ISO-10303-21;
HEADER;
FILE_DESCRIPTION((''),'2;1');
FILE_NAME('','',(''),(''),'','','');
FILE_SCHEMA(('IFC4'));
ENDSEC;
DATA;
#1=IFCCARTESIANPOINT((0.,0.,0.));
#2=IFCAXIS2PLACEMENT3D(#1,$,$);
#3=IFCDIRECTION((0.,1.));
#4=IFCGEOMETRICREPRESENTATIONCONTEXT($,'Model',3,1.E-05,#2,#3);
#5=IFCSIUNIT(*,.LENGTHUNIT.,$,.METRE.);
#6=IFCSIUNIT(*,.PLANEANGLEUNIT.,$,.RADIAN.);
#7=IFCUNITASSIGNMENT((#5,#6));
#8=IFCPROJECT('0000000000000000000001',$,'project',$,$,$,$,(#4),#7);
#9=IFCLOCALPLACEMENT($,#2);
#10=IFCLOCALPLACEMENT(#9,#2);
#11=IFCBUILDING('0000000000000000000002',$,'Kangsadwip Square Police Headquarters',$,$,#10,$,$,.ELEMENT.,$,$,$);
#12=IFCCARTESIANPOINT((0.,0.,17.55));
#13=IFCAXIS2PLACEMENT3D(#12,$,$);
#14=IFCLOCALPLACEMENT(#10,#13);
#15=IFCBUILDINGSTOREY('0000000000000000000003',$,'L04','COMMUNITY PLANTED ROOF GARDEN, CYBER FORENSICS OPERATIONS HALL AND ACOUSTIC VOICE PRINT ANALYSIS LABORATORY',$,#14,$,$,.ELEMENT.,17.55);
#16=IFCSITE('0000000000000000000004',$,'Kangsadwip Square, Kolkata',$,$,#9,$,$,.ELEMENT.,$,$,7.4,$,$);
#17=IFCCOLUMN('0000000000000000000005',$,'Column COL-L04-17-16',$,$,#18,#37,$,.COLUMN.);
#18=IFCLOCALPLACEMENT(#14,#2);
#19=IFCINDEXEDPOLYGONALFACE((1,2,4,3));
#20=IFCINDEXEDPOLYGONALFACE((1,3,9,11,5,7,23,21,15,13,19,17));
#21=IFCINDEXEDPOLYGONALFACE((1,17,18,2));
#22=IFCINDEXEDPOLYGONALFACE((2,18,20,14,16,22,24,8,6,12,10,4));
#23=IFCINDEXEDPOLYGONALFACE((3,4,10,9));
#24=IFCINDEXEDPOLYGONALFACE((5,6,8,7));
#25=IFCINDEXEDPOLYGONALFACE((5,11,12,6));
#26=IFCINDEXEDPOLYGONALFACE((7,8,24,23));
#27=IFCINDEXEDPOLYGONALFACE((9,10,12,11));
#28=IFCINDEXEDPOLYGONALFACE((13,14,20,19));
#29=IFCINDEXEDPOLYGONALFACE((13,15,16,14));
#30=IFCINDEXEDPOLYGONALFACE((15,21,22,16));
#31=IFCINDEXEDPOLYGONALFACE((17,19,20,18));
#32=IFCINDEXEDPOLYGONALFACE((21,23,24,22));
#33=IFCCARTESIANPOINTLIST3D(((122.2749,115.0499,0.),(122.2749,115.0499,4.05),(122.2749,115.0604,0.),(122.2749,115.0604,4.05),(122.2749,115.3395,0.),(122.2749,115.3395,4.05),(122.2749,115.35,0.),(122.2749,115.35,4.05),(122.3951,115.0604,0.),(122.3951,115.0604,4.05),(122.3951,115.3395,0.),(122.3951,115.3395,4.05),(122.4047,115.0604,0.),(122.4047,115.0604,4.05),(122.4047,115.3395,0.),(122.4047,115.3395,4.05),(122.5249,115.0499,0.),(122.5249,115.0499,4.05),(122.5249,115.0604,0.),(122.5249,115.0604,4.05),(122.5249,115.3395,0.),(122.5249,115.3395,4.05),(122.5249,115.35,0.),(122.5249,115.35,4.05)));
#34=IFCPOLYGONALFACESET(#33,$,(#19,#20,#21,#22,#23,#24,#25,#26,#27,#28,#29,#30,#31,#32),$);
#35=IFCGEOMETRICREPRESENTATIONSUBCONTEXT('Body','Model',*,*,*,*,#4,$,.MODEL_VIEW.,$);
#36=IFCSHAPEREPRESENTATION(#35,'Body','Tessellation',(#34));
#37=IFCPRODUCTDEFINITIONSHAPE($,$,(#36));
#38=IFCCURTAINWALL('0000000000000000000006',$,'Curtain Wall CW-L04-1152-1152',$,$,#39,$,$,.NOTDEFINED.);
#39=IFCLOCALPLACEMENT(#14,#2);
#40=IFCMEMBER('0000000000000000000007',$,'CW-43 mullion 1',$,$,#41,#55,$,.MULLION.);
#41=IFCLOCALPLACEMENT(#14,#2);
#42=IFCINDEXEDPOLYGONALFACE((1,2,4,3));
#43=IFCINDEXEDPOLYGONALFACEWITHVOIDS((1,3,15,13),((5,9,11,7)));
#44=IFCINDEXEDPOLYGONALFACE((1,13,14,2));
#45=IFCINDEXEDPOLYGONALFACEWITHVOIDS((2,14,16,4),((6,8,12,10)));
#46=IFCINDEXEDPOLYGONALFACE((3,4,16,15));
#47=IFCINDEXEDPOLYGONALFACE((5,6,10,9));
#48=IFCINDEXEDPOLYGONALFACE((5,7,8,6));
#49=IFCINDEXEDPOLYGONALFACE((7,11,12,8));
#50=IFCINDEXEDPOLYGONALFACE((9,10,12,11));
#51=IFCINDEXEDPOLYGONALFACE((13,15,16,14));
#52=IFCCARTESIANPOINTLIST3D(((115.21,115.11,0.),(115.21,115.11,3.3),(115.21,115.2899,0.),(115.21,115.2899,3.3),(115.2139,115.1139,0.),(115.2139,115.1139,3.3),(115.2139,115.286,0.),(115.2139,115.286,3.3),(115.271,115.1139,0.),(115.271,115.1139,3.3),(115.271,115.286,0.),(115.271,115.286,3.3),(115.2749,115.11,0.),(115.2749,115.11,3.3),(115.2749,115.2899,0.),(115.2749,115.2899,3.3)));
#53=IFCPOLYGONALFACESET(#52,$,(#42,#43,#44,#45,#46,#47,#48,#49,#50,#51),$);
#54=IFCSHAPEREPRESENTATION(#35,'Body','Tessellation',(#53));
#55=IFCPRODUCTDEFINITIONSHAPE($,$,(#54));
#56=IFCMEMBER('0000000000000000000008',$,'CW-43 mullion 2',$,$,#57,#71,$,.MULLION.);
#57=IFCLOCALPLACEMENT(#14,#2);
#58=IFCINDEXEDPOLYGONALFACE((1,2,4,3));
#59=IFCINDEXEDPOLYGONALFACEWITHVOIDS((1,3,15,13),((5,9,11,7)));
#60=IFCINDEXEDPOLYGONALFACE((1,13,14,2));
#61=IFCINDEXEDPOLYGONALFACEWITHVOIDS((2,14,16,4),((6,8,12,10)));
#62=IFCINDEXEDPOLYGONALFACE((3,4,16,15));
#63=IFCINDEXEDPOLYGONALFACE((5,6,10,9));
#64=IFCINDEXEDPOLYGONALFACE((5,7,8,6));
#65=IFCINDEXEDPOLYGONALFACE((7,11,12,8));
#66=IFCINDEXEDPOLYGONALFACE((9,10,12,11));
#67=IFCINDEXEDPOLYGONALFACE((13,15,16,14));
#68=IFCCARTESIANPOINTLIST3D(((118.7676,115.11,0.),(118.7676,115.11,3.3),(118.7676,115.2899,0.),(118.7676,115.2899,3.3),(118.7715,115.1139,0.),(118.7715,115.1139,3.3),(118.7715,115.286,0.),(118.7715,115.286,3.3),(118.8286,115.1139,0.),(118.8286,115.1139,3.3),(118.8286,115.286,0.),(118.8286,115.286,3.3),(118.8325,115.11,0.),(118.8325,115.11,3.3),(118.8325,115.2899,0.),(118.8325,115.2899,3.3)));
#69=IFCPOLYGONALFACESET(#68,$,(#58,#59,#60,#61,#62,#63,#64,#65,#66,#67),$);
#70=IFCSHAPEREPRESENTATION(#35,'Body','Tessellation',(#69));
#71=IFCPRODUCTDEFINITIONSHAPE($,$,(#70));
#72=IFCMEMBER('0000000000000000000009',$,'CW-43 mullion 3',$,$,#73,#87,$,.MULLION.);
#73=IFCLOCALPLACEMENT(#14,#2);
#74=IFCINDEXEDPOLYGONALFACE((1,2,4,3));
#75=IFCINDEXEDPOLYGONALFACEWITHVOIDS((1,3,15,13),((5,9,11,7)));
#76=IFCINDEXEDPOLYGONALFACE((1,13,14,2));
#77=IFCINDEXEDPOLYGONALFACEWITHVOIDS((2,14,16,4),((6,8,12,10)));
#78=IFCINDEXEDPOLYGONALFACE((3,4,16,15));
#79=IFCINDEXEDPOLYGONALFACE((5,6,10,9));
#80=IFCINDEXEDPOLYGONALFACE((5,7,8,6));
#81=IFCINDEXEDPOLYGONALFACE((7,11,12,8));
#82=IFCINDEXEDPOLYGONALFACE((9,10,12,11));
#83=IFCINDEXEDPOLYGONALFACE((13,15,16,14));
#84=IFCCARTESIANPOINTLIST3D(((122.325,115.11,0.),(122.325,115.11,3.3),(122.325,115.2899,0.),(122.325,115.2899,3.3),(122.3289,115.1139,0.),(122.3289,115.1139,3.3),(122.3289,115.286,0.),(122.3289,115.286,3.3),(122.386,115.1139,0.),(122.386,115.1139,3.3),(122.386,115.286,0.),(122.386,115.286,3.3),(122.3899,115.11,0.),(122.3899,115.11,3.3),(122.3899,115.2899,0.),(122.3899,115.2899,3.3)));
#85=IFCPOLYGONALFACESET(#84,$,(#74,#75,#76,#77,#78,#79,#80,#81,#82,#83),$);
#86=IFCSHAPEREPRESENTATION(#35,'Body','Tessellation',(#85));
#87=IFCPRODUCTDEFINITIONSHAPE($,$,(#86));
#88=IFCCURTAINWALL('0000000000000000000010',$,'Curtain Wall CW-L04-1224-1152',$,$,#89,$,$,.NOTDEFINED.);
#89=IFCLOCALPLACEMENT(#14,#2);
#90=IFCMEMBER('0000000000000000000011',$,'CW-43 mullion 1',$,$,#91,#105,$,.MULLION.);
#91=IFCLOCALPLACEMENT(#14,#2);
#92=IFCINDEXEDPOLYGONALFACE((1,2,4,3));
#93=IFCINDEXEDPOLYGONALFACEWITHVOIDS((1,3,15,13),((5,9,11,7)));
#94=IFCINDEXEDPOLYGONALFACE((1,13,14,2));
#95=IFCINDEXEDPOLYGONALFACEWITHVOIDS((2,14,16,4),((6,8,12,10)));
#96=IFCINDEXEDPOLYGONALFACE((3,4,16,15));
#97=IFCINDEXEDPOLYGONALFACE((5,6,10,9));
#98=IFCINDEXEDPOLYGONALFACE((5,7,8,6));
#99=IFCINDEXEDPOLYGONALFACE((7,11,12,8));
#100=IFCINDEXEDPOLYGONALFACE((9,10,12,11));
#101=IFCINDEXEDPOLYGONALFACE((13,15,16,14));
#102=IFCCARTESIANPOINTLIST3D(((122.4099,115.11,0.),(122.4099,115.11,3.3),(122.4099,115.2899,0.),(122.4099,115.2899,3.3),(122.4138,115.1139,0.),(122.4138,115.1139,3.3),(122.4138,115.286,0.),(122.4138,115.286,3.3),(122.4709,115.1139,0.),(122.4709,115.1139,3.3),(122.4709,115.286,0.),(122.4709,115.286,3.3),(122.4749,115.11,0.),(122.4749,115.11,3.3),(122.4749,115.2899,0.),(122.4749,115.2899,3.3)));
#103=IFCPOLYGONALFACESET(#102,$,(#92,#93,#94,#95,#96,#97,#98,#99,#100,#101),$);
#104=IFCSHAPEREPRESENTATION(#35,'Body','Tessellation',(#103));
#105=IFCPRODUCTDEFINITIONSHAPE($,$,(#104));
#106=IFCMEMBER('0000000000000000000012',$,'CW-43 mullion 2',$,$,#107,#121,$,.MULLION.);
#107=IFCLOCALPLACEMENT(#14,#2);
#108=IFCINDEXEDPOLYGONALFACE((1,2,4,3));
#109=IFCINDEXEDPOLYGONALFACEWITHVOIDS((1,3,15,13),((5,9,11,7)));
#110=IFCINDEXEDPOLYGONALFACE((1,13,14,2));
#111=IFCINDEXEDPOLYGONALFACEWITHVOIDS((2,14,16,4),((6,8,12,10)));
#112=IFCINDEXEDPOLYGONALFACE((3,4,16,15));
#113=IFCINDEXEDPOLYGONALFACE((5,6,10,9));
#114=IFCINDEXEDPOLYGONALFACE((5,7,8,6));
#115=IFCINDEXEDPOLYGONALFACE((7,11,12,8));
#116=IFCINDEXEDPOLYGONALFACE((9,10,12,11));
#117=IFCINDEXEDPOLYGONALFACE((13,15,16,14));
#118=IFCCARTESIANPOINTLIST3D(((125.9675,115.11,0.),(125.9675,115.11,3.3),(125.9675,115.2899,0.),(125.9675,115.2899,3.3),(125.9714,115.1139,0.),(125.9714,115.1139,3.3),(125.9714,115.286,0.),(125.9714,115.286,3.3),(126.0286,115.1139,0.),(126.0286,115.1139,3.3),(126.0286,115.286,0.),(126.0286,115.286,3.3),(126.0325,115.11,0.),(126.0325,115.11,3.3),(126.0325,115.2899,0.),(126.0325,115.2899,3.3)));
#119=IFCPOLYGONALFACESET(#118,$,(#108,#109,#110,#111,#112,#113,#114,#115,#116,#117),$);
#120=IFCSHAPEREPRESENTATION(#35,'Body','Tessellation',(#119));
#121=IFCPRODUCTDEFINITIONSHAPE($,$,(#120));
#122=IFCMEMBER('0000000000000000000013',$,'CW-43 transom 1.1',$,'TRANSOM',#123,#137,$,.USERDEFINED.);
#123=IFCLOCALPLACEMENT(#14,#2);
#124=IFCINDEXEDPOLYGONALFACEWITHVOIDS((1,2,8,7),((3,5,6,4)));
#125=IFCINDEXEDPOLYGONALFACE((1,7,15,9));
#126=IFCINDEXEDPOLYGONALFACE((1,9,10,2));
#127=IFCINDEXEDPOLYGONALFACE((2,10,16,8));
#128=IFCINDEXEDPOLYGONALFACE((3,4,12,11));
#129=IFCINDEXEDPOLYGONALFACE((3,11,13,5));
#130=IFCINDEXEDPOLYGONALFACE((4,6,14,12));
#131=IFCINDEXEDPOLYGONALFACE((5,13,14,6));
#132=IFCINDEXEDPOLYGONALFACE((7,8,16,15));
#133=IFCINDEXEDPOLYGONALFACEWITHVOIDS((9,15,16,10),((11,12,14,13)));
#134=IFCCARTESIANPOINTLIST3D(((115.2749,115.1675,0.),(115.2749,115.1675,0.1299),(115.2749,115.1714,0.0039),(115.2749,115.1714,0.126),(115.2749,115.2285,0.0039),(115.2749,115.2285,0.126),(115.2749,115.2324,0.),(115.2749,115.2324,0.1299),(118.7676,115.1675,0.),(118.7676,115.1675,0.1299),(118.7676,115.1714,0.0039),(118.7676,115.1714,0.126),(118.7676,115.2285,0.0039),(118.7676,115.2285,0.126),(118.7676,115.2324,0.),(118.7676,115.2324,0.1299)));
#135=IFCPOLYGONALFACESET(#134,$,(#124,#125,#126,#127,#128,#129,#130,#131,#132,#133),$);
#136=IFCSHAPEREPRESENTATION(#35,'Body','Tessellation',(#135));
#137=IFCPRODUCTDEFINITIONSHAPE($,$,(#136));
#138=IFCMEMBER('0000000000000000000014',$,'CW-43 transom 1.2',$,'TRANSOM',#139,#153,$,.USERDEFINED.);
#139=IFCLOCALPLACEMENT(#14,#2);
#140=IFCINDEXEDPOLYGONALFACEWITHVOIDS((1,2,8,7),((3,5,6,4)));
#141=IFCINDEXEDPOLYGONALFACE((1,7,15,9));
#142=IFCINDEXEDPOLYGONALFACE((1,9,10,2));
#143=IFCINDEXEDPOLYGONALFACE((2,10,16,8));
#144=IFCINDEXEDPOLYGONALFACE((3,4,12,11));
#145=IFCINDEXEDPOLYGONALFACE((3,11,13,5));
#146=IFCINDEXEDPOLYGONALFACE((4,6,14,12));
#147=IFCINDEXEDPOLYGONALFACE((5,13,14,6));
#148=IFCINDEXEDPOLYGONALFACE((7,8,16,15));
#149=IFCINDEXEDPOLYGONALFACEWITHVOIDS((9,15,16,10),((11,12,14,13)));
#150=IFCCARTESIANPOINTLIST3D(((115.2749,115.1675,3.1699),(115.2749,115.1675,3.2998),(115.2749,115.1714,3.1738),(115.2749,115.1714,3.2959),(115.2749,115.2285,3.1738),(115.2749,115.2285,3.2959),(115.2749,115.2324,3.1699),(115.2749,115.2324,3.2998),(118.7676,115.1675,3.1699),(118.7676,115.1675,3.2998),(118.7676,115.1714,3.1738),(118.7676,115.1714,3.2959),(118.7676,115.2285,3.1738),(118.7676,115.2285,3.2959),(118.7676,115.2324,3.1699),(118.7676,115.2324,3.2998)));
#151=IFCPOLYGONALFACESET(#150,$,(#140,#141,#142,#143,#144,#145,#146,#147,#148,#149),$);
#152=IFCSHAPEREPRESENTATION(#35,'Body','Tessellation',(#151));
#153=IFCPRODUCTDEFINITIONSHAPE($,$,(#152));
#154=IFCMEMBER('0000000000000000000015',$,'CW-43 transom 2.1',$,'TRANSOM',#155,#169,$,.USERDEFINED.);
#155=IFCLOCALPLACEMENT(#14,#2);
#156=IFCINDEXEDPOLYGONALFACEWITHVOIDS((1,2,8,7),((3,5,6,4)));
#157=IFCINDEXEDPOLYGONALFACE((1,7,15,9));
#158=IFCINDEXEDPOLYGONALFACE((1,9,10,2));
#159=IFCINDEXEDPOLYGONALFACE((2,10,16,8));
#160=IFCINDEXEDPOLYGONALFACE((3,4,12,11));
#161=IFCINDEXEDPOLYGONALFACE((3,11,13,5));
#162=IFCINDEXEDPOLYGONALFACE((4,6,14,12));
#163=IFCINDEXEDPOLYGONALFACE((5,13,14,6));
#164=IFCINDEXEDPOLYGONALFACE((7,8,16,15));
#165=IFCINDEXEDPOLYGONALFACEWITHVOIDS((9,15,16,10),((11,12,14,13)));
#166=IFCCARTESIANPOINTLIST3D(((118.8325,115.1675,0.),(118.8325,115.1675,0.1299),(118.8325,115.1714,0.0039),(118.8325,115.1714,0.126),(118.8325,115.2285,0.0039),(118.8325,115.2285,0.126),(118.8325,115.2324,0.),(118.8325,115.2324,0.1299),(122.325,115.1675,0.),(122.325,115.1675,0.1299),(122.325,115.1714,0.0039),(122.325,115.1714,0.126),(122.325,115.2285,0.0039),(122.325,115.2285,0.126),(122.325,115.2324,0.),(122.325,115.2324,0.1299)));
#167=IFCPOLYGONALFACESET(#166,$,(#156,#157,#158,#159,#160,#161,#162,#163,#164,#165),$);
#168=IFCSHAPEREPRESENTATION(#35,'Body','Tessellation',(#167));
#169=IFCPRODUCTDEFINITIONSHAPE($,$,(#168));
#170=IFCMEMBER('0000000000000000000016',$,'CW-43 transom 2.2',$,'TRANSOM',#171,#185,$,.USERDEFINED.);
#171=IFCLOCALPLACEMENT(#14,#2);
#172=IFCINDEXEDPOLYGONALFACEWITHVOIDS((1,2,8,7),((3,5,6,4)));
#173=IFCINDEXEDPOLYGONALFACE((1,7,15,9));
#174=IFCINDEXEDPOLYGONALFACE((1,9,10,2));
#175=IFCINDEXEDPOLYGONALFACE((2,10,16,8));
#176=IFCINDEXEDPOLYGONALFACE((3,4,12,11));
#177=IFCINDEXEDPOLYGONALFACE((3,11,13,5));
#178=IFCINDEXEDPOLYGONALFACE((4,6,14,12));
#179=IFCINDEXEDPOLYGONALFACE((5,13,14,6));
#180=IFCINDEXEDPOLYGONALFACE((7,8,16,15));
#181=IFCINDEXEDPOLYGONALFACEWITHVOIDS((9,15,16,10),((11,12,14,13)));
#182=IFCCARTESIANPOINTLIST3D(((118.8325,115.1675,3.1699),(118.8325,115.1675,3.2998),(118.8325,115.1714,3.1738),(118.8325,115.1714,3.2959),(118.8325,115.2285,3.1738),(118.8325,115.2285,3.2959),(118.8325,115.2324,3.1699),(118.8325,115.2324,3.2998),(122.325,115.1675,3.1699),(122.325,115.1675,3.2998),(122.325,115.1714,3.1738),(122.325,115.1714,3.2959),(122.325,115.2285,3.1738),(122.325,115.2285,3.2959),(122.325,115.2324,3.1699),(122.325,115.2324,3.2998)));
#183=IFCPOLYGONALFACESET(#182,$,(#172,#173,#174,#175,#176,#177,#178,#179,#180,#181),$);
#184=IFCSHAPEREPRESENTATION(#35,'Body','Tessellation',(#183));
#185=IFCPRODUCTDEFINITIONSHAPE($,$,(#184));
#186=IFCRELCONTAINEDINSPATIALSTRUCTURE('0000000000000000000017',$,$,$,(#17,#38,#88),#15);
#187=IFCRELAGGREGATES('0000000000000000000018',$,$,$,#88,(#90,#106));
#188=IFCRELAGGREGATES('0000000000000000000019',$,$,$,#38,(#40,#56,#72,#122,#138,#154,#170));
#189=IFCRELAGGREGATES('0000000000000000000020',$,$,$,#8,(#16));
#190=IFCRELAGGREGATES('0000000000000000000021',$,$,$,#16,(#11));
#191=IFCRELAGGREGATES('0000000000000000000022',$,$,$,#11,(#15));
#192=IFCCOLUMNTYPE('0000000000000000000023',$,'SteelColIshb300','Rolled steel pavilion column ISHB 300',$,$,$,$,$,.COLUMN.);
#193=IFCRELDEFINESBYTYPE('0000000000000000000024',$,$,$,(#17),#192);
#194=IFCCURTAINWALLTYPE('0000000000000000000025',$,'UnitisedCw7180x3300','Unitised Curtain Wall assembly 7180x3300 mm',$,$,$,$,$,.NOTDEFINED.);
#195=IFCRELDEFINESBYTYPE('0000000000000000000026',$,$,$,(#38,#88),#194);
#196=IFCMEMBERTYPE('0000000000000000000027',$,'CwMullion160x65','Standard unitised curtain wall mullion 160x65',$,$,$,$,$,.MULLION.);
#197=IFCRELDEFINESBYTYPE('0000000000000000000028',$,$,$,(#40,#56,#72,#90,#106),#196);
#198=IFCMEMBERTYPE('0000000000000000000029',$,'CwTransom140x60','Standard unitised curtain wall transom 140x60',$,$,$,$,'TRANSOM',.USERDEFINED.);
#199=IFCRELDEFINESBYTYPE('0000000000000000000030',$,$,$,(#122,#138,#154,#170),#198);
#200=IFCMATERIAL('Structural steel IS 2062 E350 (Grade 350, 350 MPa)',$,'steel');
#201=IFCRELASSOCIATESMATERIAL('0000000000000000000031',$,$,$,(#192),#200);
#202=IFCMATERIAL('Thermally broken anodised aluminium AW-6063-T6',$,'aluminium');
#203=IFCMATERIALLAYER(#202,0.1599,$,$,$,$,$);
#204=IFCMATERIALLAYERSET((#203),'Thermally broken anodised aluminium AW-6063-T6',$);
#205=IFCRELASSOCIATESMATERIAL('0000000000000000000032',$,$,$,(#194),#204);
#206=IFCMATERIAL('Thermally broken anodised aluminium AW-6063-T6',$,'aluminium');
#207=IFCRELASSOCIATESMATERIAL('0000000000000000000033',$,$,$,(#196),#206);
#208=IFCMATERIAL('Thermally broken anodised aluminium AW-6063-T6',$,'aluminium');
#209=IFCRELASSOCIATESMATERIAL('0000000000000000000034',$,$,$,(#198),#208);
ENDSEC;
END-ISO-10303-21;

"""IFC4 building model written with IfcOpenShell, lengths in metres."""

from ifc_helpers import new_model, si_unit, direction, frame, origin, origin_2d, place, context, subcontext, project, spatial, hollow_rectangle, i_section, extrude, material, layer, layer_set, material_profile, profile_set, type_object, element, aggregate, save


model = new_model("IFC4")

# Units and contexts
model_context = context("Model", 3, precision=1e-05, world=origin(), true_north=direction((0.0, 1.0)))
body_context = subcontext(model_context, "Body", "Model", "MODEL_VIEW")
ifc_project = project(units=[si_unit("LENGTHUNIT", "METRE"), si_unit("PLANEANGLEUNIT", "RADIAN")], contexts=[model_context])

# Site, building, storey
site_placement = place(None, origin())
site = spatial("IfcSite", under=ifc_project, at=site_placement, Name="Kangsadwip Square, Kolkata", CompositionType="ELEMENT", RefElevation=7.4)
building_placement = place(site_placement, origin())
building = spatial("IfcBuilding", under=site, at=building_placement, Name="Kangsadwip Square Police Headquarters", CompositionType="ELEMENT")
storey_placement = place(building_placement, frame((0.0, 0.0, 17.55)))
storey = spatial("IfcBuildingStorey", under=building, at=storey_placement, Name="L04", Description="COMMUNITY PLANTED ROOF GARDEN, CYBER FORENSICS OPERATIONS HALL AND ACOUSTIC VOICE PRINT ANALYSIS LABORATORY", CompositionType="ELEMENT", Elevation=17.55)

# Column
ifc_material_1 = material(Name="Structural steel IS 2062 E350 (Grade 350, 350 MPa)", Category="steel")
ifc_material_profile_1 = material_profile(ifc_material_1, i_section(OverallWidth=0.25, OverallDepth=0.3, WebThickness=0.0095, FlangeThickness=0.0105, at=origin_2d()), Name="ISHB 300")
ifc_profile_set_1 = profile_set([ifc_material_profile_1], Name="Structural steel IS 2062 E350 (Grade 350, 350 MPa)")
column_type = type_object("IfcColumnType", Name="SteelColIshb300", Description="Rolled steel pavilion column ISHB 300", PredefinedType="COLUMN", material=ifc_profile_set_1)
column_placement = place(storey_placement, frame((122.3999, 115.2, 0.0), z_axis=(0.0, 0.0, 1.0), x_axis=(1.0, 0.0, 0.0)))
element("IfcColumn", 1, at=column_placement, inside=storey, type_object=column_type, Name="Column COL-L04-17-16", PredefinedType="COLUMN", context=body_context, shape_type="SweptSolid", body=[
    extrude(i_section(OverallWidth=0.25, OverallDepth=0.3, WebThickness=0.0095, FlangeThickness=0.0105, at=origin_2d()), origin(), (0.0, 0.0, 1.0), 4.05),
])

# Curtain walls, members
ifc_material_2 = material(Name="Thermally broken anodised aluminium AW-6063-T6", Category="aluminium")
ifc_layer_1 = layer(ifc_material_2, 0.1599)
ifc_layer_set_1 = layer_set([ifc_layer_1], Name="Thermally broken anodised aluminium AW-6063-T6")
curtain_wall_type = type_object("IfcCurtainWallType", Name="UnitisedCw7180x3300", Description="Unitised Curtain Wall assembly 7180x3300 mm", PredefinedType="NOTDEFINED", material=ifc_layer_set_1)
curtain_wall_1_placement = place(storey_placement, origin())
curtain_wall_1 = element("IfcCurtainWall", 2, at=curtain_wall_1_placement, inside=storey, type_object=curtain_wall_type, Name="Curtain Wall CW-L04-1152-1152", PredefinedType="NOTDEFINED")
ifc_material_3 = material(Name="Thermally broken anodised aluminium AW-6063-T6", Category="aluminium")
ifc_material_profile_2 = material_profile(ifc_material_3, hollow_rectangle(XDim=0.0649, YDim=0.1799, WallThickness=0.0039, at=origin_2d()), Name="CWM 180X65X4")
ifc_profile_set_2 = profile_set([ifc_material_profile_2], Name="Thermally broken anodised aluminium AW-6063-T6")
member_type_1 = type_object("IfcMemberType", Name="CwMullion160x65", Description="Standard unitised curtain wall mullion 160x65", PredefinedType="MULLION", material=ifc_profile_set_2)
member_1_placement = place(storey_placement, frame((115.2424, 115.2, 0.0), z_axis=(0.0, 0.0, 1.0), x_axis=(1.0, 0.0, 0.0)))
member_1 = element("IfcMember", 3, at=member_1_placement, type_object=member_type_1, Name="CW-43 mullion 1", PredefinedType="MULLION", context=body_context, shape_type="SweptSolid", body=[
    extrude(hollow_rectangle(XDim=0.0649, YDim=0.1799, WallThickness=0.0039, at=origin_2d()), origin(), (0.0, 0.0, 1.0), 3.3),
])
member_2_placement = place(storey_placement, frame((118.8, 115.2, 0.0), z_axis=(0.0, 0.0, 1.0), x_axis=(1.0, 0.0, 0.0)))
member_2 = element("IfcMember", 4, at=member_2_placement, type_object=member_type_1, Name="CW-43 mullion 2", PredefinedType="MULLION", context=body_context, shape_type="SweptSolid", body=[
    extrude(hollow_rectangle(XDim=0.0649, YDim=0.1799, WallThickness=0.0039, at=origin_2d()), origin(), (0.0, 0.0, 1.0), 3.3),
])
member_3_placement = place(storey_placement, frame((122.3574, 115.2, 0.0), z_axis=(0.0, 0.0, 1.0), x_axis=(1.0, 0.0, 0.0)))
member_3 = element("IfcMember", 5, at=member_3_placement, type_object=member_type_1, Name="CW-43 mullion 3", PredefinedType="MULLION", context=body_context, shape_type="SweptSolid", body=[
    extrude(hollow_rectangle(XDim=0.0649, YDim=0.1799, WallThickness=0.0039, at=origin_2d()), origin(), (0.0, 0.0, 1.0), 3.3),
])
curtain_wall_2_placement = place(storey_placement, origin())
curtain_wall_2 = element("IfcCurtainWall", 6, at=curtain_wall_2_placement, inside=storey, type_object=curtain_wall_type, Name="Curtain Wall CW-L04-1224-1152", PredefinedType="NOTDEFINED")
member_4_placement = place(storey_placement, frame((122.4424, 115.2, 0.0), z_axis=(0.0, 0.0, 1.0), x_axis=(1.0, 0.0, 0.0)))
member_4 = element("IfcMember", 7, at=member_4_placement, type_object=member_type_1, Name="CW-43 mullion 1", PredefinedType="MULLION", context=body_context, shape_type="SweptSolid", body=[
    extrude(hollow_rectangle(XDim=0.0649, YDim=0.1799, WallThickness=0.0039, at=origin_2d()), origin(), (0.0, 0.0, 1.0), 3.3),
])
member_5_placement = place(storey_placement, frame((126.0, 115.2, 0.0), z_axis=(0.0, 0.0, 1.0), x_axis=(1.0, 0.0, 0.0)))
member_5 = element("IfcMember", 8, at=member_5_placement, type_object=member_type_1, Name="CW-43 mullion 2", PredefinedType="MULLION", context=body_context, shape_type="SweptSolid", body=[
    extrude(hollow_rectangle(XDim=0.0649, YDim=0.1799, WallThickness=0.0039, at=origin_2d()), origin(), (0.0, 0.0, 1.0), 3.3),
])

# Members
ifc_material_4 = material(Name="Thermally broken anodised aluminium AW-6063-T6", Category="aluminium")
ifc_material_profile_3 = material_profile(ifc_material_4, hollow_rectangle(XDim=0.0649, YDim=0.1299, WallThickness=0.0039, at=origin_2d()), Name="CWT 130X65X4")
ifc_profile_set_3 = profile_set([ifc_material_profile_3], Name="Thermally broken anodised aluminium AW-6063-T6")
member_type_2 = type_object("IfcMemberType", Name="CwTransom140x60", Description="Standard unitised curtain wall transom 140x60", ElementType="TRANSOM", PredefinedType="USERDEFINED", material=ifc_profile_set_3)
member_6_placement = place(storey_placement, frame((115.2749, 115.2, 0.0649), z_axis=(1.0, 0.0, 0.0), x_axis=(0.0, 1.0, 0.0)))
member_6 = element("IfcMember", 9, at=member_6_placement, type_object=member_type_2, Name="CW-43 transom 1.1", ObjectType="TRANSOM", PredefinedType="USERDEFINED", context=body_context, shape_type="SweptSolid", body=[
    extrude(hollow_rectangle(XDim=0.0649, YDim=0.1299, WallThickness=0.0039, at=origin_2d()), origin(), (0.0, 0.0, 1.0), 3.4927),
])
member_7_placement = place(storey_placement, frame((115.2749, 115.2, 3.2349), z_axis=(1.0, 0.0, 0.0), x_axis=(0.0, 1.0, 0.0)))
member_7 = element("IfcMember", 10, at=member_7_placement, type_object=member_type_2, Name="CW-43 transom 1.2", ObjectType="TRANSOM", PredefinedType="USERDEFINED", context=body_context, shape_type="SweptSolid", body=[
    extrude(hollow_rectangle(XDim=0.0649, YDim=0.1299, WallThickness=0.0039, at=origin_2d()), origin(), (0.0, 0.0, 1.0), 3.4927),
])
member_8_placement = place(storey_placement, frame((118.8325, 115.2, 0.0649), z_axis=(1.0, 0.0, 0.0), x_axis=(0.0, 1.0, 0.0)))
member_8 = element("IfcMember", 11, at=member_8_placement, type_object=member_type_2, Name="CW-43 transom 2.1", ObjectType="TRANSOM", PredefinedType="USERDEFINED", context=body_context, shape_type="SweptSolid", body=[
    extrude(hollow_rectangle(XDim=0.0649, YDim=0.1299, WallThickness=0.0039, at=origin_2d()), origin(), (0.0, 0.0, 1.0), 3.4924),
])
member_9_placement = place(storey_placement, frame((118.8325, 115.2, 3.2349), z_axis=(1.0, 0.0, 0.0), x_axis=(0.0, 1.0, 0.0)))
member_9 = element("IfcMember", 12, at=member_9_placement, type_object=member_type_2, Name="CW-43 transom 2.2", ObjectType="TRANSOM", PredefinedType="USERDEFINED", context=body_context, shape_type="SweptSolid", body=[
    extrude(hollow_rectangle(XDim=0.0649, YDim=0.1299, WallThickness=0.0039, at=origin_2d()), origin(), (0.0, 0.0, 1.0), 3.4924),
])

aggregate(curtain_wall_2, [member_4, member_5])
aggregate(curtain_wall_1, [member_1, member_2, member_3, member_6, member_7, member_8, member_9])

save(model, "model.ifc")
